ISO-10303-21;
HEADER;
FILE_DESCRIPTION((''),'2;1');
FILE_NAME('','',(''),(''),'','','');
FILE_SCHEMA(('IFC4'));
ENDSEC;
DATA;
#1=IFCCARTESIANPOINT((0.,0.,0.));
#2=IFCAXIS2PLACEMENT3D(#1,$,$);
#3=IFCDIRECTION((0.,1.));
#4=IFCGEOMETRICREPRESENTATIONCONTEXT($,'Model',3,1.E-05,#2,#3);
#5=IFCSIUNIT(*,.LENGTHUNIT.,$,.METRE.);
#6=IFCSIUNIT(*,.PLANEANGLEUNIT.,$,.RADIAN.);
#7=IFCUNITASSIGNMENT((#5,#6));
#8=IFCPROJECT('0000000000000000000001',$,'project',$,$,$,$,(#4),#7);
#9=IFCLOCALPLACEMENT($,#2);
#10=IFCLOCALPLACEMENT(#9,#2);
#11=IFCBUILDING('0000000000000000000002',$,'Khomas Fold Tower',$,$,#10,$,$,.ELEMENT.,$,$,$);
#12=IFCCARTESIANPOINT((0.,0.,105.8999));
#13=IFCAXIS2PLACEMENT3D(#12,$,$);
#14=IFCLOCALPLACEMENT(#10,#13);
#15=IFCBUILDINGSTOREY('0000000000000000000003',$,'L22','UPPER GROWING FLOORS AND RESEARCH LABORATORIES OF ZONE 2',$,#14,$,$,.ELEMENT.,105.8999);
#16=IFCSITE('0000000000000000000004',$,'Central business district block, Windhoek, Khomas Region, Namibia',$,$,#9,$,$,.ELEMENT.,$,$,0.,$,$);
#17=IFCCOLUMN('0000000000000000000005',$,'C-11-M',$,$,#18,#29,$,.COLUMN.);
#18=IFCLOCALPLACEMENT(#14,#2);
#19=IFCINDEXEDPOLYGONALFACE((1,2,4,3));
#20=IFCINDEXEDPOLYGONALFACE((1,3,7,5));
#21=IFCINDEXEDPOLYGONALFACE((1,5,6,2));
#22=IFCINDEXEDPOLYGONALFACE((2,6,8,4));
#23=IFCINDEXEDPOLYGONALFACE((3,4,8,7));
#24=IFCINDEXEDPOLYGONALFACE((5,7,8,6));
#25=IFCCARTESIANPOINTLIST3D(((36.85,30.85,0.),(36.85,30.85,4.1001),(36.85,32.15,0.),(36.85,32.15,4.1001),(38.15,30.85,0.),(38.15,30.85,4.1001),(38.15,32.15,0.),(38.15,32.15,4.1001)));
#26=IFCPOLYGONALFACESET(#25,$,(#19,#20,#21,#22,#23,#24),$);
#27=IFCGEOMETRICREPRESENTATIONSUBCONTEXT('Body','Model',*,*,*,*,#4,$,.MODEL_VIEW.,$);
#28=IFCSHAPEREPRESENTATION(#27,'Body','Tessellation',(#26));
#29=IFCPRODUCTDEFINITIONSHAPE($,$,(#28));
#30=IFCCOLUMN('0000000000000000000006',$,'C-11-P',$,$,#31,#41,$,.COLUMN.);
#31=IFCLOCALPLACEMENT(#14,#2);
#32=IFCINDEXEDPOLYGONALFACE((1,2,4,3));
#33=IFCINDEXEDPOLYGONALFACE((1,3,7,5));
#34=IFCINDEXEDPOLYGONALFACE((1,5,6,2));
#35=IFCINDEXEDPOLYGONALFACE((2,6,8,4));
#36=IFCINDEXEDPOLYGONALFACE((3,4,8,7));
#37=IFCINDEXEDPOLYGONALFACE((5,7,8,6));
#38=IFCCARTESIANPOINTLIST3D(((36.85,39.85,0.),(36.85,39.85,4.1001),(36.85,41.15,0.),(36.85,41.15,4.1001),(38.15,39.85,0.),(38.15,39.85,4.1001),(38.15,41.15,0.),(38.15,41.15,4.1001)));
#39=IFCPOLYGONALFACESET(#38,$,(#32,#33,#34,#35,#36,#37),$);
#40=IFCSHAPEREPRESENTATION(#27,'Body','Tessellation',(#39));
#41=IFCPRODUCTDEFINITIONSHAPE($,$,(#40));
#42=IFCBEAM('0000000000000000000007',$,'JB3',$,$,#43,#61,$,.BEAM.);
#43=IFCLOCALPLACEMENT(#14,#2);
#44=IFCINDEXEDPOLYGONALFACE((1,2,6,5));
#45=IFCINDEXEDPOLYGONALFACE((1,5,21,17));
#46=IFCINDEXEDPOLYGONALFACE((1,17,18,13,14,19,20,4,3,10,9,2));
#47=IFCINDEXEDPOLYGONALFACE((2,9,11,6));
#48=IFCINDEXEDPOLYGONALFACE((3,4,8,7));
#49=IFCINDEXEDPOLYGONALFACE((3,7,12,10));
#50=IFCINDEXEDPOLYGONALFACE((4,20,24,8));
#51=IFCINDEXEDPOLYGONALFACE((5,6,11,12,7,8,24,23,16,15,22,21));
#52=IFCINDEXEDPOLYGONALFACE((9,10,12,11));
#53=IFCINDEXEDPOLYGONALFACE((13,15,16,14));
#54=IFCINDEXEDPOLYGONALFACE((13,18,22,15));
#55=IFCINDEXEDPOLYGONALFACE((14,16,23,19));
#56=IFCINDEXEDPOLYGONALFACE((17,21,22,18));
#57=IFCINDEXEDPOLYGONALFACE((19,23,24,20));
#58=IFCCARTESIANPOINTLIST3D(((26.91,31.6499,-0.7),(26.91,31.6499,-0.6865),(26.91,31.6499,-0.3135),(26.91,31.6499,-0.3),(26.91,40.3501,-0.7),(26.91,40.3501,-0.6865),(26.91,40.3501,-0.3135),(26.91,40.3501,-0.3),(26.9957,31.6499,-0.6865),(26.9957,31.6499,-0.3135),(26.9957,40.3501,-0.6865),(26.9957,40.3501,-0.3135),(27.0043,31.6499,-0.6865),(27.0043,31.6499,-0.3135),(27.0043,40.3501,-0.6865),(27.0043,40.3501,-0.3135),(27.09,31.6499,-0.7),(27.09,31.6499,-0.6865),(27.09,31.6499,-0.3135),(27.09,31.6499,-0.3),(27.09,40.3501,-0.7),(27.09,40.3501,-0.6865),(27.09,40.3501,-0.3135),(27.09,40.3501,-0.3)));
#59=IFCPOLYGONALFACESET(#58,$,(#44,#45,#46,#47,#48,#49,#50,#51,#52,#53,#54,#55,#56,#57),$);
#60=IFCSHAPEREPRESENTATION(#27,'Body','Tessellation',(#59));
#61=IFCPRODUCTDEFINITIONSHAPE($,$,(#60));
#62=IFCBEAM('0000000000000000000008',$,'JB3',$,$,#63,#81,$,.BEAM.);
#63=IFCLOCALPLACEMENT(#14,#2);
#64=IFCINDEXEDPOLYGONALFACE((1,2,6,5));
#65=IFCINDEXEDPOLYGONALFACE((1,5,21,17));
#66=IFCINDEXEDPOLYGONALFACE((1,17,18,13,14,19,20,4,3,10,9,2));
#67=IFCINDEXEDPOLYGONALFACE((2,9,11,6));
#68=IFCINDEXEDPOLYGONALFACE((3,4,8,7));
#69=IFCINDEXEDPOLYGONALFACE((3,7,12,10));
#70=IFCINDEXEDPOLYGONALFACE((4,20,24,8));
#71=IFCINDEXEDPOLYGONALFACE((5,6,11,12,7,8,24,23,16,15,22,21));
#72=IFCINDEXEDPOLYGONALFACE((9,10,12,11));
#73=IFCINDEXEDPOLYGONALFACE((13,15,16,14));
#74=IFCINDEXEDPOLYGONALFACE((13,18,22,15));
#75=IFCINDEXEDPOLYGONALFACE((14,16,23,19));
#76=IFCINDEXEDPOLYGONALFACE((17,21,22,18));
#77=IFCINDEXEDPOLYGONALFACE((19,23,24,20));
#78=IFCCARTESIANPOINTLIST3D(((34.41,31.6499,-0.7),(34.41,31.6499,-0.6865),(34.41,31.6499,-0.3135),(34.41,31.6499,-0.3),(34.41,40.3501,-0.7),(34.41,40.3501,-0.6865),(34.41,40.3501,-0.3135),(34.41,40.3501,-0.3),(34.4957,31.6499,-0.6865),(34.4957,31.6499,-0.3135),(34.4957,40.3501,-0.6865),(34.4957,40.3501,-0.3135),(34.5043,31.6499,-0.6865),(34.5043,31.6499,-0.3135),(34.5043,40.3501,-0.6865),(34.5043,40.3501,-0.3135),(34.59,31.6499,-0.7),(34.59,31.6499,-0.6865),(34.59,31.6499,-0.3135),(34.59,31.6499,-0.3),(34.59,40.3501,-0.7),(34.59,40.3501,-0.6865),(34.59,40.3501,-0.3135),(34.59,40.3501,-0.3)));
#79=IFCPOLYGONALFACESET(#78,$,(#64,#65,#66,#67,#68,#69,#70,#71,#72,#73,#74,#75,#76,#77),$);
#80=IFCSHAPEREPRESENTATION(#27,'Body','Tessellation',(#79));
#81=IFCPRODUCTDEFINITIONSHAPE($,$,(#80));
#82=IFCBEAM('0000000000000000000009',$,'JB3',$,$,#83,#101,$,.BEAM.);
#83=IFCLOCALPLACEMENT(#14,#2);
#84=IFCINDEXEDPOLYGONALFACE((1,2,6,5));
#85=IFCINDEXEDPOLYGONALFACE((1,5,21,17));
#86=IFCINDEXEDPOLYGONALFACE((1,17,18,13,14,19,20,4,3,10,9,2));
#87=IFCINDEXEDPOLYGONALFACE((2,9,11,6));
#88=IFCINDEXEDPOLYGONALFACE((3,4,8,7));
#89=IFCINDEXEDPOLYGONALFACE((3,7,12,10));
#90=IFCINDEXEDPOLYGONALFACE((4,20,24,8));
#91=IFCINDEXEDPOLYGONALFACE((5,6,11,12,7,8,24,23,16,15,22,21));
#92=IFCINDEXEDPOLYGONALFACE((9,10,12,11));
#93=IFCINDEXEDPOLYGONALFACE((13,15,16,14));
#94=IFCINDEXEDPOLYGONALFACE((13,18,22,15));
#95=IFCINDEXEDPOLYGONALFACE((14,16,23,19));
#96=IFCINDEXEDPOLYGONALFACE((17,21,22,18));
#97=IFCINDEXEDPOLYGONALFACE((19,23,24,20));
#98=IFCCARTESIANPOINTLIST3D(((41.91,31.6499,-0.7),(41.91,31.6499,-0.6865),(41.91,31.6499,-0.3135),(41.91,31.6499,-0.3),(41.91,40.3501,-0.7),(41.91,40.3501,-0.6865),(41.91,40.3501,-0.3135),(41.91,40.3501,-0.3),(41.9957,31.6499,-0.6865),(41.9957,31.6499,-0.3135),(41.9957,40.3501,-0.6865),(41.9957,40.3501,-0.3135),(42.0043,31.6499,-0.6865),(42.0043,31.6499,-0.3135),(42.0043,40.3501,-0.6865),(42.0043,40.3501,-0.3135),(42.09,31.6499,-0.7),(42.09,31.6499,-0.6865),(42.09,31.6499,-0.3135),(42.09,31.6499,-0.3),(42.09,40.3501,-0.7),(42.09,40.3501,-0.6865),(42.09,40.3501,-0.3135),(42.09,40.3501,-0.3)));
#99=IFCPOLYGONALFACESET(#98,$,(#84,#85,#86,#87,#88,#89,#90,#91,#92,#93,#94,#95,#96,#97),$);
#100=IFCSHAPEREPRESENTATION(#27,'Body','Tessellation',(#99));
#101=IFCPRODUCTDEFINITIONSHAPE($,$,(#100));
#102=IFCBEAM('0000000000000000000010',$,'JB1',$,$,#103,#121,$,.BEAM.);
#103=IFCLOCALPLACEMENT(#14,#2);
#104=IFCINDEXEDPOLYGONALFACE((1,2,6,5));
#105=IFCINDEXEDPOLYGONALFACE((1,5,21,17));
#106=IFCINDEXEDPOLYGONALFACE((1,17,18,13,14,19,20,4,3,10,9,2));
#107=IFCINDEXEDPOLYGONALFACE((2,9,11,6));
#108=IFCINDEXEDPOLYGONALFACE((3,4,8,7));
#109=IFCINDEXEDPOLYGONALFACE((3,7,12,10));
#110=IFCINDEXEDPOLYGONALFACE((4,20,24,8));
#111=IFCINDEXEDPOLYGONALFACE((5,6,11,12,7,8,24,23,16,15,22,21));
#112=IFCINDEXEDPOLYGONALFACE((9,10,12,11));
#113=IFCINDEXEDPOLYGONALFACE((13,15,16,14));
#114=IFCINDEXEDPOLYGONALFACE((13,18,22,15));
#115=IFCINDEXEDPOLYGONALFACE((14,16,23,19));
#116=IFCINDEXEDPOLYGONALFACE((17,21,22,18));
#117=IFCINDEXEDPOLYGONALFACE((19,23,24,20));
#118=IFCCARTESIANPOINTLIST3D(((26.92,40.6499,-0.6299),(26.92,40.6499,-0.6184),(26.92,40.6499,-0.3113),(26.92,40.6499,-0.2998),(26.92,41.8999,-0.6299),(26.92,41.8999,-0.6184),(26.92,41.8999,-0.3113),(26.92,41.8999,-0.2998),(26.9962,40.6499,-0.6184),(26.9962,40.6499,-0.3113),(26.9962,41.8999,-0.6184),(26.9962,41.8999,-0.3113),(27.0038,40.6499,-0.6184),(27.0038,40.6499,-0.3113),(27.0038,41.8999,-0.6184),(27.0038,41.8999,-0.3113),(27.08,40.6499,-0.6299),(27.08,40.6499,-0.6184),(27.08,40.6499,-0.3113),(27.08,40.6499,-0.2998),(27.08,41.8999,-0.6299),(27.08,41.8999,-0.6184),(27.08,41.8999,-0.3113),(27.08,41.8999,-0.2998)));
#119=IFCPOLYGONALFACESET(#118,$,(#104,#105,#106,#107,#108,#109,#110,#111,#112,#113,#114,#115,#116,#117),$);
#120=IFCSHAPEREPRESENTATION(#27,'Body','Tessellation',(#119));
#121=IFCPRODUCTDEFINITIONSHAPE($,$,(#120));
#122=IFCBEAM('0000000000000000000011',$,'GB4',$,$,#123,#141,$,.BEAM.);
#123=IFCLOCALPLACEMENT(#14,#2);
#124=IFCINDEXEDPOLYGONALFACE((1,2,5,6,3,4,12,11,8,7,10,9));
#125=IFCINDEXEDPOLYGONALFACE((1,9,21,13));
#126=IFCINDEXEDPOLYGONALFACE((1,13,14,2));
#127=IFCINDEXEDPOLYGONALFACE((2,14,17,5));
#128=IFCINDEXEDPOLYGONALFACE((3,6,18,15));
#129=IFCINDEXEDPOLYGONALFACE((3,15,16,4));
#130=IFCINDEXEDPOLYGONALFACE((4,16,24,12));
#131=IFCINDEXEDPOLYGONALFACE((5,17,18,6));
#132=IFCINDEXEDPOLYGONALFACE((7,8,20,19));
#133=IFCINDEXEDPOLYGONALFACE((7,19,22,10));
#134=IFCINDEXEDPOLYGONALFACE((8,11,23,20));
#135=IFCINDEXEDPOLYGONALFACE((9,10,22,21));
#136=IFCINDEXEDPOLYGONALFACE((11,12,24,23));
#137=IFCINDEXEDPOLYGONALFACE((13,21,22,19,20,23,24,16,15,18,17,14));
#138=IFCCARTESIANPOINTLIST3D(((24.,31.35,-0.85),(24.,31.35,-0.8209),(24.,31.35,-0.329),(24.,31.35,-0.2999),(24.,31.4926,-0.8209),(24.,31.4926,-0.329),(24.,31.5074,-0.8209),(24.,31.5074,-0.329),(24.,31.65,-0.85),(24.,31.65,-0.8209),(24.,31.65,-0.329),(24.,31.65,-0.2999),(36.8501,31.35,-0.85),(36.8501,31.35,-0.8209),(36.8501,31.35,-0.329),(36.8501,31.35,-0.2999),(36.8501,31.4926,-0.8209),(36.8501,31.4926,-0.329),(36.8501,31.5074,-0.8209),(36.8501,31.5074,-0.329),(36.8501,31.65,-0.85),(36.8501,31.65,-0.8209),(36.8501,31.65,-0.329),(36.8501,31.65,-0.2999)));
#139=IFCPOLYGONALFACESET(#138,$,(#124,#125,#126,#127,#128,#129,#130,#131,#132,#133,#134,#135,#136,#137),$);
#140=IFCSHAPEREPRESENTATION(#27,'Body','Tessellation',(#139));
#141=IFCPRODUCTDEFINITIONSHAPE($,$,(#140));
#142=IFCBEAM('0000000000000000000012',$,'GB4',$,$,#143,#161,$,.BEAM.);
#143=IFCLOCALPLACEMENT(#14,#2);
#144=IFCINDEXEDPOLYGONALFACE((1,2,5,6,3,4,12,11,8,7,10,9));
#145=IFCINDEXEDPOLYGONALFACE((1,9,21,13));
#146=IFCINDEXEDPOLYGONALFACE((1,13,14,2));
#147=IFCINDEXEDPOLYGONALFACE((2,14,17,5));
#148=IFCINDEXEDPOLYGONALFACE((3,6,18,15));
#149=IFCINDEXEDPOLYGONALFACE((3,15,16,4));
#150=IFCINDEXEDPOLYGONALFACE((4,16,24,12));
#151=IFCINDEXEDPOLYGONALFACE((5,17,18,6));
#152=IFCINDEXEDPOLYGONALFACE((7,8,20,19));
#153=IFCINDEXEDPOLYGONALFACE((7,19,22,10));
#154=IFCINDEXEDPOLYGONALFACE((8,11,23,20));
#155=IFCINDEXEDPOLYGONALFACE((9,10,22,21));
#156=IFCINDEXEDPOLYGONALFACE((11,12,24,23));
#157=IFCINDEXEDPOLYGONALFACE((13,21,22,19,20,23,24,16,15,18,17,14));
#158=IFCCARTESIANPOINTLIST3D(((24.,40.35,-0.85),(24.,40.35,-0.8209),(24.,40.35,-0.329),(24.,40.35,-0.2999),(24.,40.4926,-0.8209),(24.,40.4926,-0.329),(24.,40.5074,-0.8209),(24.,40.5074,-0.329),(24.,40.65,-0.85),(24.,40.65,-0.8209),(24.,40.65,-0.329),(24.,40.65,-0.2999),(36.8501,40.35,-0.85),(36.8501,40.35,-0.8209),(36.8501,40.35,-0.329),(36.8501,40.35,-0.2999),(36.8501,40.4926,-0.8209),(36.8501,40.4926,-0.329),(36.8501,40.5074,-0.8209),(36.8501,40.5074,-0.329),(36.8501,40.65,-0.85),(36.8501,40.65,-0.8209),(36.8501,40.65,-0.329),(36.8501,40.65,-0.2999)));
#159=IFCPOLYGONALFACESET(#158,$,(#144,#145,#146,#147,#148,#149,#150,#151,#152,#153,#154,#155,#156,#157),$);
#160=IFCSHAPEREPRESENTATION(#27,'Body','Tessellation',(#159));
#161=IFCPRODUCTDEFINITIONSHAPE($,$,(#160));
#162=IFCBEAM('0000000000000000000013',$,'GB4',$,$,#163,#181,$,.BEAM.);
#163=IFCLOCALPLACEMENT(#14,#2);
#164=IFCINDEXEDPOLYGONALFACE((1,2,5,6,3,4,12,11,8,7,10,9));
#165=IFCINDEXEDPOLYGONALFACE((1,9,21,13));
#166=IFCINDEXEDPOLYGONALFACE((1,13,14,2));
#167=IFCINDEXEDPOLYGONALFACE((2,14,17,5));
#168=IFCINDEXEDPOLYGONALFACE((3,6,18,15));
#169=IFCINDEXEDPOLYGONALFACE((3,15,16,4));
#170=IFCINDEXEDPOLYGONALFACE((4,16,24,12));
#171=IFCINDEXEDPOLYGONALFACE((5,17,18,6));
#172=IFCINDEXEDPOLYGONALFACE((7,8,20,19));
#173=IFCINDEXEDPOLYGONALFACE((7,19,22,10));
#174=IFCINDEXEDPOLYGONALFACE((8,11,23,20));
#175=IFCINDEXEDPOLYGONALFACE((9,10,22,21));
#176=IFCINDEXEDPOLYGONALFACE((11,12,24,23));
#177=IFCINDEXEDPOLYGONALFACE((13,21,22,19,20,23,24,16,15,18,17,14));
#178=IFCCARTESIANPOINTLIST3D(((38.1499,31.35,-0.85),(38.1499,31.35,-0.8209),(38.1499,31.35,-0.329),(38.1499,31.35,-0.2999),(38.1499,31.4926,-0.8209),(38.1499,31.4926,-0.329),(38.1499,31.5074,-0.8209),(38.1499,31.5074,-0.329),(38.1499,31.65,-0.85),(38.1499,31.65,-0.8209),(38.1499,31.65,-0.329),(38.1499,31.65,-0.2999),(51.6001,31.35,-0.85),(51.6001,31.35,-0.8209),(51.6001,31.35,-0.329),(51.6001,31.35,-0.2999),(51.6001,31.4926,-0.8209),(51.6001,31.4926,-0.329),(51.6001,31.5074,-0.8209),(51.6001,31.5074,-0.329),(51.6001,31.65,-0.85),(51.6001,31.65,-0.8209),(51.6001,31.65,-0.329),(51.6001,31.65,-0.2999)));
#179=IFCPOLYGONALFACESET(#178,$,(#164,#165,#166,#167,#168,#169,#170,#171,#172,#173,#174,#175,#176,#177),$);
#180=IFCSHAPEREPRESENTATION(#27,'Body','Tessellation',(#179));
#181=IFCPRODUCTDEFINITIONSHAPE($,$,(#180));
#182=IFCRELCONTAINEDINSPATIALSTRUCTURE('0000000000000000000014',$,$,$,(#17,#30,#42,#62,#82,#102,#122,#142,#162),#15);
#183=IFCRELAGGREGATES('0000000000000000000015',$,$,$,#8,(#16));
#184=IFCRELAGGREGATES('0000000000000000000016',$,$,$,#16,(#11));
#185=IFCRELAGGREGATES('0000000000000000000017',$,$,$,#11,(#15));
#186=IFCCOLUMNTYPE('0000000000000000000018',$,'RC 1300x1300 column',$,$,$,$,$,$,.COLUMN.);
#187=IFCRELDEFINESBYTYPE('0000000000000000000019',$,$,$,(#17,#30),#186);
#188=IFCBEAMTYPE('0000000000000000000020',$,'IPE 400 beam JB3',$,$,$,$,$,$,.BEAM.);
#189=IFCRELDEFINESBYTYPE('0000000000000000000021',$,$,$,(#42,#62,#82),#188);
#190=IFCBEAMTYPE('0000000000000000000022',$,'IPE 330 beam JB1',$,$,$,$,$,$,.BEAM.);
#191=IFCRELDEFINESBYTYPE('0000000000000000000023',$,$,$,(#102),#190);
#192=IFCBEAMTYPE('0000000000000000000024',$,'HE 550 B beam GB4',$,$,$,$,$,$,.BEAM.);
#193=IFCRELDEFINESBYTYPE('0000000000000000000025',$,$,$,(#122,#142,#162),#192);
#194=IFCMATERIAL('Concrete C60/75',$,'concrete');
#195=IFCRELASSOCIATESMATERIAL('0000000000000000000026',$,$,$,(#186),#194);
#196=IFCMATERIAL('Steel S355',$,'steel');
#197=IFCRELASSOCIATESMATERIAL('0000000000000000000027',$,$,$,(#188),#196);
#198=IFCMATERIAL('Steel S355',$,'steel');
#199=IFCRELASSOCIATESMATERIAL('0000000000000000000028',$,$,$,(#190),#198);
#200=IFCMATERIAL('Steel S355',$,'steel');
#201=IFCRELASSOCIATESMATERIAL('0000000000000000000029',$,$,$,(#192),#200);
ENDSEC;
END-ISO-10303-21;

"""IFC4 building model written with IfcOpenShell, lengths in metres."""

from ifc_helpers import new_model, si_unit, direction, frame, origin, origin_2d, place, context, subcontext, project, spatial, rectangle, i_section, extrude, source, transform, mapped, material, material_profile, profile_set, type_object, element, save


model = new_model("IFC4")

# Units and contexts
model_context = context("Model", 3, precision=1e-05, world=origin(), true_north=direction((0.0, 1.0)))
body_context = subcontext(model_context, "Body", "Model", "MODEL_VIEW")
ifc_project = project(units=[si_unit("LENGTHUNIT", "METRE"), si_unit("PLANEANGLEUNIT", "RADIAN")], contexts=[model_context])

# Site, building, storey
site_placement = place(None, origin())
site = spatial("IfcSite", under=ifc_project, at=site_placement, Name="Central business district block, Windhoek, Khomas Region, Namibia", CompositionType="ELEMENT", RefElevation=0.0)
building_placement = place(site_placement, origin())
building = spatial("IfcBuilding", under=site, at=building_placement, Name="Khomas Fold Tower", CompositionType="ELEMENT")
storey_placement = place(building_placement, frame((0.0, 0.0, 105.8999)))
storey = spatial("IfcBuildingStorey", under=building, at=storey_placement, Name="L22", Description="UPPER GROWING FLOORS AND RESEARCH LABORATORIES OF ZONE 2", CompositionType="ELEMENT", Elevation=105.8999)

# Columns
ifc_material_1 = material(Name="Concrete C60/75", Category="concrete")
ifc_material_profile_1 = material_profile(ifc_material_1, rectangle(XDim=1.3, YDim=1.3, at=origin_2d()), Name="RC 1300x1300")
ifc_profile_set_1 = profile_set([ifc_material_profile_1], Name="Concrete C60/75")
column_type = type_object("IfcColumnType", Name="RC 1300x1300 column", PredefinedType="COLUMN", material=ifc_profile_set_1)
shared_shape_1 = source(origin(), body_context, "Body", "SweptSolid", [
    extrude(rectangle(XDim=1.3, YDim=1.3, at=origin_2d()), origin(), (0.0, 0.0, 1.0), 4.1001),
])
for number, where, z_axis, x_axis, name in (
    (1, (37.5, 31.5, 0.0), (0.0, 0.0, 1.0), (1.0, 0.0, 0.0), "C-11-M"),
    (2, (37.5, 40.5, 0.0), (0.0, 0.0, 1.0), (1.0, 0.0, 0.0), "C-11-P"),
):
    element("IfcColumn", number, at=place(storey_placement, frame(where, z_axis=z_axis, x_axis=x_axis)), inside=storey, type_object=column_type, Name=name, PredefinedType="COLUMN", context=body_context, shape_type="MappedRepresentation", body=[
        mapped(shared_shape_1, transform((0.0, 0.0, 0.0))),
    ])

# Beams
ifc_material_2 = material(Name="Steel S355", Category="steel")
ifc_material_profile_2 = material_profile(ifc_material_2, i_section(OverallWidth=0.1799, OverallDepth=0.3999, WebThickness=0.0085, FlangeThickness=0.0134, at=origin_2d()), Name="IPE 400")
ifc_profile_set_2 = profile_set([ifc_material_profile_2], Name="Steel S355")
beam_type_1 = type_object("IfcBeamType", Name="IPE 400 beam JB3", PredefinedType="BEAM", material=ifc_profile_set_2)
shared_shape_2 = source(origin(), body_context, "Body", "SweptSolid", [
    extrude(i_section(OverallWidth=0.1799, OverallDepth=0.3999, WebThickness=0.0085, FlangeThickness=0.0134, at=origin_2d()), origin(), (0.0, 0.0, 1.0), 8.7002),
])
for number, where, z_axis, x_axis, name in (
    (3, (27.0, 31.6499, -0.5), (0.0, 1.0, 0.0), (-1.0, 0.0, 0.0), "JB3"),
    (4, (34.5, 31.6499, -0.5), (0.0, 1.0, 0.0), (-1.0, 0.0, 0.0), "JB3"),
    (5, (42.0, 31.6499, -0.5), (0.0, 1.0, 0.0), (-1.0, 0.0, 0.0), "JB3"),
):
    element("IfcBeam", number, at=place(storey_placement, frame(where, z_axis=z_axis, x_axis=x_axis)), inside=storey, type_object=beam_type_1, Name=name, PredefinedType="BEAM", context=body_context, shape_type="MappedRepresentation", body=[
        mapped(shared_shape_2, transform((0.0, 0.0, 0.0))),
    ])
ifc_material_3 = material(Name="Steel S355", Category="steel")
ifc_material_profile_3 = material_profile(ifc_material_3, i_section(OverallWidth=0.1599, OverallDepth=0.3301, WebThickness=0.0076, FlangeThickness=0.0115, at=origin_2d()), Name="IPE 330")
ifc_profile_set_3 = profile_set([ifc_material_profile_3], Name="Steel S355")
beam_type_2 = type_object("IfcBeamType", Name="IPE 330 beam JB1", PredefinedType="BEAM", material=ifc_profile_set_3)
shared_shape_3 = source(origin(), body_context, "Body", "SweptSolid", [
    extrude(i_section(OverallWidth=0.1599, OverallDepth=0.3301, WebThickness=0.0076, FlangeThickness=0.0115, at=origin_2d()), origin(), (0.0, 0.0, 1.0), 1.25),
])
beam_placement = place(storey_placement, frame((27.0, 40.6499, -0.4648), z_axis=(0.0, 1.0, 0.0), x_axis=(-1.0, 0.0, 0.0)))
element("IfcBeam", 6, at=beam_placement, inside=storey, type_object=beam_type_2, Name="JB1", PredefinedType="BEAM", context=body_context, shape_type="MappedRepresentation", body=[
    mapped(shared_shape_3, transform((0.0, 0.0, 0.0))),
])
ifc_material_4 = material(Name="Steel S355", Category="steel")
ifc_material_profile_4 = material_profile(ifc_material_4, i_section(OverallWidth=0.3, OverallDepth=0.55, WebThickness=0.0149, FlangeThickness=0.0291, at=origin_2d()), Name="HE 550 B")
ifc_profile_set_4 = profile_set([ifc_material_profile_4], Name="Steel S355")
beam_type_3 = type_object("IfcBeamType", Name="HE 550 B beam GB4", PredefinedType="BEAM", material=ifc_profile_set_4)
shared_shape_4 = source(origin(), body_context, "Body", "SweptSolid", [
    extrude(i_section(OverallWidth=0.3, OverallDepth=0.55, WebThickness=0.0149, FlangeThickness=0.0291, at=origin_2d()), origin(), (0.0, 0.0, 1.0), 12.8501),
])
for number, where, z_axis, x_axis, name in (
    (7, (24.0, 31.5, -0.575), (1.0, 0.0, 0.0), (0.0, 1.0, 0.0), "GB4"),
    (8, (24.0, 40.5, -0.575), (1.0, 0.0, 0.0), (0.0, 1.0, 0.0), "GB4"),
):
    element("IfcBeam", number, at=place(storey_placement, frame(where, z_axis=z_axis, x_axis=x_axis)), inside=storey, type_object=beam_type_3, Name=name, PredefinedType="BEAM", context=body_context, shape_type="MappedRepresentation", body=[
        mapped(shared_shape_4, transform((0.0, 0.0, 0.0))),
    ])
shared_shape_5 = source(origin(), body_context, "Body", "SweptSolid", [
    extrude(i_section(OverallWidth=0.3, OverallDepth=0.55, WebThickness=0.0149, FlangeThickness=0.0291, at=origin_2d()), origin(), (0.0, 0.0, 1.0), 13.4502),
])
for number, where, z_axis, x_axis, name in (
    (9, (38.1499, 31.5, -0.575), (1.0, 0.0, 0.0), (0.0, 1.0, 0.0), "GB4"),
):
    element("IfcBeam", number, at=place(storey_placement, frame(where, z_axis=z_axis, x_axis=x_axis)), inside=storey, type_object=beam_type_3, Name=name, PredefinedType="BEAM", context=body_context, shape_type="MappedRepresentation", body=[
        mapped(shared_shape_5, transform((0.0, 0.0, 0.0))),
    ])

save(model, "model.ifc")
